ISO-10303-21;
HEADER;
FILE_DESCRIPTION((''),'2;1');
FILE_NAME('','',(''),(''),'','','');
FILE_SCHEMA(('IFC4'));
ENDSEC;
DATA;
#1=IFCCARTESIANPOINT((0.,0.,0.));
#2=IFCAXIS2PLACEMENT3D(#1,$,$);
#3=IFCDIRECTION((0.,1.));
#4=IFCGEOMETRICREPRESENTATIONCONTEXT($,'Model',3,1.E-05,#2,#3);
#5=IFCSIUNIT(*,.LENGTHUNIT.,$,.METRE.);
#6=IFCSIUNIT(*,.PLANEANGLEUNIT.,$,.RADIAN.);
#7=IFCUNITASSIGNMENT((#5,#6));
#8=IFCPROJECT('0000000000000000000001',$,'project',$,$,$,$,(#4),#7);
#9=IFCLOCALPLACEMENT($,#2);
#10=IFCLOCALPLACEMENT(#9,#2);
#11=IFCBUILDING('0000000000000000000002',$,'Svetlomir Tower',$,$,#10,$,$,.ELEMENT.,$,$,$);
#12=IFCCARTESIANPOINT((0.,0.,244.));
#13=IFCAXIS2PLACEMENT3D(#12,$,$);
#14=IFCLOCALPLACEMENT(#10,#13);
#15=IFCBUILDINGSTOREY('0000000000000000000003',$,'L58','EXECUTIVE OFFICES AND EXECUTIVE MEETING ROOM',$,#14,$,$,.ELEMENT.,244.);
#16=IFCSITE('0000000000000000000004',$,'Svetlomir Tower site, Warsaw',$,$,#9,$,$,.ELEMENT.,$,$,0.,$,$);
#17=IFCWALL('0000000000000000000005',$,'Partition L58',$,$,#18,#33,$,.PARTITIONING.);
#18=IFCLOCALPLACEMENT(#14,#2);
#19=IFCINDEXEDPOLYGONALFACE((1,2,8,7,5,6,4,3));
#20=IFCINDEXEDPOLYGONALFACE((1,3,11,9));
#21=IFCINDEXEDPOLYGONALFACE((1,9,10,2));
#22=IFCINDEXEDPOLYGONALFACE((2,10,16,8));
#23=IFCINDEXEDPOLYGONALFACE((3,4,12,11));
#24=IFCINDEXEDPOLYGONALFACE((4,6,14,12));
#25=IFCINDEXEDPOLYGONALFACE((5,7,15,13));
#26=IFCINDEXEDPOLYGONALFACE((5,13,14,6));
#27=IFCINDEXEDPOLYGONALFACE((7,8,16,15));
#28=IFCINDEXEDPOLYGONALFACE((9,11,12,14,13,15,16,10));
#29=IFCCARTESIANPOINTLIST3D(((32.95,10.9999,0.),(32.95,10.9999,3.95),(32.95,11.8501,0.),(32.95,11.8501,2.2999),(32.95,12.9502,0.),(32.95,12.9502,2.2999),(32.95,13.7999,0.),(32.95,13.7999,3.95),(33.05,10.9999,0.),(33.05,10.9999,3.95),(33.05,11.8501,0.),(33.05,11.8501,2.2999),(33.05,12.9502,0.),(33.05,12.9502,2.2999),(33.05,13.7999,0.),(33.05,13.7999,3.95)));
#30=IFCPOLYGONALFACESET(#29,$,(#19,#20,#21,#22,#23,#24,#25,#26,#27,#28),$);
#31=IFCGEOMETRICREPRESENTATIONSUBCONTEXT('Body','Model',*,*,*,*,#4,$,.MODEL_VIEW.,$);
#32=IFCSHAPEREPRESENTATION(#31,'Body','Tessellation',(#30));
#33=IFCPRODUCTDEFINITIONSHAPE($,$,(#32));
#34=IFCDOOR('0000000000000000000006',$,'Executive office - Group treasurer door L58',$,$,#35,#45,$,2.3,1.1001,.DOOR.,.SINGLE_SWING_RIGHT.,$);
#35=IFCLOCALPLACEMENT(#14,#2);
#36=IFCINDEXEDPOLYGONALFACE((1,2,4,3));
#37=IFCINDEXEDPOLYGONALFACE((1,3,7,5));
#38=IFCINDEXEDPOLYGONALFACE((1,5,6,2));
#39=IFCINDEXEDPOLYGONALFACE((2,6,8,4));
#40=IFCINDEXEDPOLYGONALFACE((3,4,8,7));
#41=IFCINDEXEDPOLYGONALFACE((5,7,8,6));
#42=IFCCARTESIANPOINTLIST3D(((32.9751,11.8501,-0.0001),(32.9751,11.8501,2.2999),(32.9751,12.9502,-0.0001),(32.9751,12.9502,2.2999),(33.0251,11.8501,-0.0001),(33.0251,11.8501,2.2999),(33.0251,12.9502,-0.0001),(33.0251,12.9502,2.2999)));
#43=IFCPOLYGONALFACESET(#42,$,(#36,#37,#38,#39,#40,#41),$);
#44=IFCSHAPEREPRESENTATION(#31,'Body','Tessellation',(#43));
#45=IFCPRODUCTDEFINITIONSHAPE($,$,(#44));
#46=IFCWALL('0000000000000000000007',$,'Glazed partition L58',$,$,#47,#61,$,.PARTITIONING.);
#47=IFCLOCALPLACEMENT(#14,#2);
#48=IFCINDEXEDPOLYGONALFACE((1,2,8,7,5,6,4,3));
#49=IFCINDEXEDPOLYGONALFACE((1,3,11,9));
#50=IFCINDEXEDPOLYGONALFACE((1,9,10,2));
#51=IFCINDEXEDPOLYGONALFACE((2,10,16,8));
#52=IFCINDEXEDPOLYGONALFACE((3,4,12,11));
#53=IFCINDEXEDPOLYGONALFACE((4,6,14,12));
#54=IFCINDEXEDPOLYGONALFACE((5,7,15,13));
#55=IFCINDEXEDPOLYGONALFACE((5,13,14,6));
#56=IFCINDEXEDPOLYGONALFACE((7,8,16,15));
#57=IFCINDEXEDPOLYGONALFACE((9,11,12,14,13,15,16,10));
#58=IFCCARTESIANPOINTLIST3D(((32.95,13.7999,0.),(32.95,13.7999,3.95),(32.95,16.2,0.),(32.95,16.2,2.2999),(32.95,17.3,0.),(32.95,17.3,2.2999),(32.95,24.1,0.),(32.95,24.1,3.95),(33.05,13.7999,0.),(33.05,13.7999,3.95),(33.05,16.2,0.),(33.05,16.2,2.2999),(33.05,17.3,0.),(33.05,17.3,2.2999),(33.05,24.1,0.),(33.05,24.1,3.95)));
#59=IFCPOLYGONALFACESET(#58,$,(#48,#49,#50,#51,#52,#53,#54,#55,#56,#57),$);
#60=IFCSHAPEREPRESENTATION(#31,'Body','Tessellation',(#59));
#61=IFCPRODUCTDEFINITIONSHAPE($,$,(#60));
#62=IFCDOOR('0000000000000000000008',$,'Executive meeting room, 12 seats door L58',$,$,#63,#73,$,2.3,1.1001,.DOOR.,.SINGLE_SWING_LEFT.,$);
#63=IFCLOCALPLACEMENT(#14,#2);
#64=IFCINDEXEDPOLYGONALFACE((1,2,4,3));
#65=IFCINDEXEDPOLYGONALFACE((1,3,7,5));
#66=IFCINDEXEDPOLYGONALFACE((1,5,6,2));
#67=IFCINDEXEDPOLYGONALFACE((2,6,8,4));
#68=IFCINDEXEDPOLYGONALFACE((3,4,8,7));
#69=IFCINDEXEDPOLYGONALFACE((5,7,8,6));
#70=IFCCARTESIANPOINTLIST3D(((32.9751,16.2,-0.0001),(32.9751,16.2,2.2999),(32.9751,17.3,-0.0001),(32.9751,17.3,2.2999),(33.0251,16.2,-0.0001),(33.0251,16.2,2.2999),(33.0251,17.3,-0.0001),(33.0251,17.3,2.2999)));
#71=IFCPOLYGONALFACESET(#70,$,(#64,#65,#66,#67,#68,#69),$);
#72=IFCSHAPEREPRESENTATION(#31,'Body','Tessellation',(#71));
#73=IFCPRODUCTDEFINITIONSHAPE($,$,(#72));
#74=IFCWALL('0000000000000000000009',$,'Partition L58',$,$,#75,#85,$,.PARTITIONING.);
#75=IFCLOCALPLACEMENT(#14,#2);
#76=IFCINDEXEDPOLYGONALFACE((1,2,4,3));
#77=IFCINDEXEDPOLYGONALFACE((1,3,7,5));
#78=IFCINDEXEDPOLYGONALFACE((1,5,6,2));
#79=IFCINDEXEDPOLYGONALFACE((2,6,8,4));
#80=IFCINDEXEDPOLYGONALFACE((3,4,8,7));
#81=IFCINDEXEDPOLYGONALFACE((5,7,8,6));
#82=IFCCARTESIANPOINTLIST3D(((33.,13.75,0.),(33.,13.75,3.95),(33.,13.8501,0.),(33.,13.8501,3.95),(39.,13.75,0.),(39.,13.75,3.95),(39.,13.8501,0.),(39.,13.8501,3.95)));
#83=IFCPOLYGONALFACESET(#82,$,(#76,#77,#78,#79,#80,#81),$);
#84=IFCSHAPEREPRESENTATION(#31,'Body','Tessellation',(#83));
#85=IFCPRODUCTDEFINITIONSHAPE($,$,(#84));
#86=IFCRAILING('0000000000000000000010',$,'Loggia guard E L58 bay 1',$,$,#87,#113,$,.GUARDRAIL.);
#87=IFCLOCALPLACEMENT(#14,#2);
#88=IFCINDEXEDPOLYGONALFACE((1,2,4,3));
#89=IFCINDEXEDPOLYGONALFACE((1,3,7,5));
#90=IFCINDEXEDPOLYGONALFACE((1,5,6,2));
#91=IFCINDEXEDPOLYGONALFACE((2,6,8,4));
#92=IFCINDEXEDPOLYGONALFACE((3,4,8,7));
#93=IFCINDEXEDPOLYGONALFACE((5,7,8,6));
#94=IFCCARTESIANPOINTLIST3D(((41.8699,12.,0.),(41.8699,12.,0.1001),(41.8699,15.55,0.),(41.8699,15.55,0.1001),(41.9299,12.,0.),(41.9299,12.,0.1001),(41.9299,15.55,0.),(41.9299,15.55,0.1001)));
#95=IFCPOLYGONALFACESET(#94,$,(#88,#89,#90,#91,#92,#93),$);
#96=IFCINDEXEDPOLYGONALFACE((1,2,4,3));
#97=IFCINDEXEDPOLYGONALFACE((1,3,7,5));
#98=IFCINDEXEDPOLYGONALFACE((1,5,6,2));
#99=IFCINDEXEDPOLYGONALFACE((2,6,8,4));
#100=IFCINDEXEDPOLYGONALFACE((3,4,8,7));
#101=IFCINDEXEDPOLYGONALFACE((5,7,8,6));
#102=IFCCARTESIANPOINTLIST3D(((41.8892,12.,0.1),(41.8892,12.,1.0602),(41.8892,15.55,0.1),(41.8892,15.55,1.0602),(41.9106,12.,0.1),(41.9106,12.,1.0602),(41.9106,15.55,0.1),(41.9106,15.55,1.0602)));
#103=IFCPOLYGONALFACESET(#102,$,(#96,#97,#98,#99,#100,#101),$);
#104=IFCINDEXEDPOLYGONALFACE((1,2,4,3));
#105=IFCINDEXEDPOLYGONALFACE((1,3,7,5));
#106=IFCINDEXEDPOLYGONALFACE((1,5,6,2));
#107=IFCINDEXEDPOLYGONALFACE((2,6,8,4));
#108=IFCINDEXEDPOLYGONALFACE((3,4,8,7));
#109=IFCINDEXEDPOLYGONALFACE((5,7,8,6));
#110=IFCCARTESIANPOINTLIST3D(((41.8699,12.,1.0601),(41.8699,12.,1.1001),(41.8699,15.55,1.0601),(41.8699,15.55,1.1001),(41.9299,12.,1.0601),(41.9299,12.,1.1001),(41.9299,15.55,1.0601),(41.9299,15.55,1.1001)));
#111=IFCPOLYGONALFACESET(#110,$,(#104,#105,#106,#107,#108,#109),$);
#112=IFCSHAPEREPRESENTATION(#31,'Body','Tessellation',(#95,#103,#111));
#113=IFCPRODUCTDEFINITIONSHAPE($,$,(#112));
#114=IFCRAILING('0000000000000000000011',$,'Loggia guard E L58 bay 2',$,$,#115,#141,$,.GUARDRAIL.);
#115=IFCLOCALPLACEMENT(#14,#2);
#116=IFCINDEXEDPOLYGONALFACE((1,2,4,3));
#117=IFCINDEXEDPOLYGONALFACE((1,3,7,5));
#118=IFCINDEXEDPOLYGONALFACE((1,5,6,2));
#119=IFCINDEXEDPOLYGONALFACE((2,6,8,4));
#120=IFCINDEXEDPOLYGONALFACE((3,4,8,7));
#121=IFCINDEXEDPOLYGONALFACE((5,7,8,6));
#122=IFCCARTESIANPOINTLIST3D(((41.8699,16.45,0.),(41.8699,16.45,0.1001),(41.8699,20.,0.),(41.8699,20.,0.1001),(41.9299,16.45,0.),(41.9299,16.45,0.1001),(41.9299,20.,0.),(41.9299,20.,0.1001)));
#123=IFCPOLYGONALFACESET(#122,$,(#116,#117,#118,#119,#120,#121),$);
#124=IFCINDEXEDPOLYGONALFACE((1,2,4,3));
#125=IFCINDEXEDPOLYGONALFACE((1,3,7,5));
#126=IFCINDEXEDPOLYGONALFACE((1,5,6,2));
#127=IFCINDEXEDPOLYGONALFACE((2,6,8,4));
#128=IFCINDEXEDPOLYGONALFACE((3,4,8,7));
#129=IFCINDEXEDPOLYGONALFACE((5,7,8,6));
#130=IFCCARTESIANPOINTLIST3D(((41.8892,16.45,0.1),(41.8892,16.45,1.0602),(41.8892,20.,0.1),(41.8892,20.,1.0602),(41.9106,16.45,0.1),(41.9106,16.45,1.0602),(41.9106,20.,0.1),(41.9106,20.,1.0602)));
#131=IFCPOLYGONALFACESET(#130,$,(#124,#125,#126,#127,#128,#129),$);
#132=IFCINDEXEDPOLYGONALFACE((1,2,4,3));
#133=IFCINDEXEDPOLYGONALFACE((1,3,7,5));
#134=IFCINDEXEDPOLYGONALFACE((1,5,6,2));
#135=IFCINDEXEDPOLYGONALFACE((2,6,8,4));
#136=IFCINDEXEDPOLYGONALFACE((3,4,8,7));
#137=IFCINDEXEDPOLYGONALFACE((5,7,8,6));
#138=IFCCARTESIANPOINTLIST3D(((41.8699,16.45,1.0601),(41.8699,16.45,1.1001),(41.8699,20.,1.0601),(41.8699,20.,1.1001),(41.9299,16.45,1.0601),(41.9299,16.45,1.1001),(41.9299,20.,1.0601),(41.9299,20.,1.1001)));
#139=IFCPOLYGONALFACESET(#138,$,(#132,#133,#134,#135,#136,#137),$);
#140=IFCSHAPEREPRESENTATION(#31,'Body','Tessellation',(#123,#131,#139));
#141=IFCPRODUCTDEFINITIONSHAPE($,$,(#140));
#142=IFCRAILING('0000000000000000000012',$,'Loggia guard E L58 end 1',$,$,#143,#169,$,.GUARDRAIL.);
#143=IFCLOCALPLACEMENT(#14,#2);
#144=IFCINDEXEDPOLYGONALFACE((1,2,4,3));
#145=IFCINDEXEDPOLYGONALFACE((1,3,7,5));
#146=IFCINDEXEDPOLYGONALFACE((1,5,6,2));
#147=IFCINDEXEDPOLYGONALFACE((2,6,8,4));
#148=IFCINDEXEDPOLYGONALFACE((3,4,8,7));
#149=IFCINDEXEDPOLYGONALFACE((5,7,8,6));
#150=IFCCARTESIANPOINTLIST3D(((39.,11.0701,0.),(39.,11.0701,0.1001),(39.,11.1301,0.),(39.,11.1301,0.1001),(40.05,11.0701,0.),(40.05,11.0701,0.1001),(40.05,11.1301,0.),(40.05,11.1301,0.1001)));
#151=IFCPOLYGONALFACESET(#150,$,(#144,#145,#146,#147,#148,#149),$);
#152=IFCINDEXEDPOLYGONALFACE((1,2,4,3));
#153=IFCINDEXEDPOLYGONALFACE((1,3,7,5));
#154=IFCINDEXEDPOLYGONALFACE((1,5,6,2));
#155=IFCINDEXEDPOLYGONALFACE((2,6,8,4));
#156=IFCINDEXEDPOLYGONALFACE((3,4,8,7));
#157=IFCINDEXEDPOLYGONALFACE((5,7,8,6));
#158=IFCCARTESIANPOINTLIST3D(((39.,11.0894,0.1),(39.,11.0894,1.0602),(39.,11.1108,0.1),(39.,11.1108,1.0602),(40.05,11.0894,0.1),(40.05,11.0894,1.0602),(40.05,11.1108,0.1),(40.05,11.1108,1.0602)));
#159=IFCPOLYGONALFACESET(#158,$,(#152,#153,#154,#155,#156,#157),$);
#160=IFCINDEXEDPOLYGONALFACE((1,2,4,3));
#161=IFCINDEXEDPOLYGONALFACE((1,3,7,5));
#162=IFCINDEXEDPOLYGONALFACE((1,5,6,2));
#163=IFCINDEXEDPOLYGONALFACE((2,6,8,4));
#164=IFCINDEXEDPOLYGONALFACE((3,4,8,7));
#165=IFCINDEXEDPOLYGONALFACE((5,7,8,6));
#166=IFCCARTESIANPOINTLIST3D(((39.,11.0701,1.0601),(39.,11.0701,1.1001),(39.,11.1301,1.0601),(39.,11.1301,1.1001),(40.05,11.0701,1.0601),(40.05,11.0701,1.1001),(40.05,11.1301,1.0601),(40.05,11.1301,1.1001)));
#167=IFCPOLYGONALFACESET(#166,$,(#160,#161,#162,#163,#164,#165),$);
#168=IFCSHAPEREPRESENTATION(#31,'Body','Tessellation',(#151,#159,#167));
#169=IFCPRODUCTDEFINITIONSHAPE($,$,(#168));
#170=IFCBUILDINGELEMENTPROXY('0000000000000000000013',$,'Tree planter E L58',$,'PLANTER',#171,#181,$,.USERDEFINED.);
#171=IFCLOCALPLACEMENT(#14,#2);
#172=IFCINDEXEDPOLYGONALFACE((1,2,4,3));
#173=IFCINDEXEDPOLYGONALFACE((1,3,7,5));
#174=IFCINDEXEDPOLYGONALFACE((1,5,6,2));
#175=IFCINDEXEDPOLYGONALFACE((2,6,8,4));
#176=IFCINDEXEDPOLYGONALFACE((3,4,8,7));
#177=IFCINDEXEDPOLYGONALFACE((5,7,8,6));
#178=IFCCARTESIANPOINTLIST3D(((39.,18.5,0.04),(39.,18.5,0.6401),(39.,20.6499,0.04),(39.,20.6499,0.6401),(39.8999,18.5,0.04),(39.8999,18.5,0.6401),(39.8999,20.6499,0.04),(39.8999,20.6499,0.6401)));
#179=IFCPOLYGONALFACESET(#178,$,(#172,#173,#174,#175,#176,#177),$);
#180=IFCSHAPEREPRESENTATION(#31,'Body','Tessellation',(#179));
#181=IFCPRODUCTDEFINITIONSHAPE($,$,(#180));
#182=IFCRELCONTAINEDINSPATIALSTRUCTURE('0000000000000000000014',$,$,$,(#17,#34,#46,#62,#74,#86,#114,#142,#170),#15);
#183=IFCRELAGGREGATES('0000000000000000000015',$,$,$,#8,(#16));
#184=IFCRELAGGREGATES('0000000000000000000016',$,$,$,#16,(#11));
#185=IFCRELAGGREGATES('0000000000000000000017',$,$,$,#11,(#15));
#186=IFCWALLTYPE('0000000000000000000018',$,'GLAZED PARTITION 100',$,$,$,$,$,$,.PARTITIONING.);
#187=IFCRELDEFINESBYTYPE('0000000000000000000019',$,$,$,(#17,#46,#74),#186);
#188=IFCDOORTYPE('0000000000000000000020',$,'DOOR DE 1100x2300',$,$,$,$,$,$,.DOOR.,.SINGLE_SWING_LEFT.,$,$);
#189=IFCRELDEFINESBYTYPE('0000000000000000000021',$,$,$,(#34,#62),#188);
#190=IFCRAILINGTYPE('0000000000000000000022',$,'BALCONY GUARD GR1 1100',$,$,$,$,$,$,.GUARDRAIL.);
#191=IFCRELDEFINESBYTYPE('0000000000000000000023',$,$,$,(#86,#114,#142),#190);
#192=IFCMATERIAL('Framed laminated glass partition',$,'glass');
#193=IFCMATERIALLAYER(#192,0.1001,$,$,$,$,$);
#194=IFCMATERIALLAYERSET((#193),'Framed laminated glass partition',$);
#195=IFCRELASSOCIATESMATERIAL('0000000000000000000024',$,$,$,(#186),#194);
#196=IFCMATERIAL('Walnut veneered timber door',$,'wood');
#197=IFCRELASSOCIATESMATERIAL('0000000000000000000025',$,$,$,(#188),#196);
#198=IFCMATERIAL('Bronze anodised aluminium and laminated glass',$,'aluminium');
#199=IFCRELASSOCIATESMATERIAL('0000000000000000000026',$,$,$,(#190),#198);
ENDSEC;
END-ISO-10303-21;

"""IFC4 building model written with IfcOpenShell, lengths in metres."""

from ifc_helpers import new_model, si_unit, direction, frame, frame_2d, origin, origin_2d, place, context, subcontext, project, spatial, rectangle, extrude, material, layer, layer_set, type_object, element, fill, save


model = new_model("IFC4")

# Units and contexts
model_context = context("Model", 3, precision=1e-05, world=origin(), true_north=direction((0.0, 1.0)))
body_context = subcontext(model_context, "Body", "Model", "MODEL_VIEW")
ifc_project = project(units=[si_unit("LENGTHUNIT", "METRE"), si_unit("PLANEANGLEUNIT", "RADIAN")], contexts=[model_context])

# Site, building, storey
site_placement = place(None, origin())
site = spatial("IfcSite", under=ifc_project, at=site_placement, Name="Svetlomir Tower site, Warsaw", CompositionType="ELEMENT", RefElevation=0.0)
building_placement = place(site_placement, origin())
building = spatial("IfcBuilding", under=site, at=building_placement, Name="Svetlomir Tower", CompositionType="ELEMENT")
storey_placement = place(building_placement, frame((0.0, 0.0, 244.0)))
storey = spatial("IfcBuildingStorey", under=building, at=storey_placement, Name="L58", Description="EXECUTIVE OFFICES AND EXECUTIVE MEETING ROOM", CompositionType="ELEMENT", Elevation=244.0)

# Walls, openings, doors
ifc_material_1 = material(Name="Framed laminated glass partition", Category="glass")
ifc_layer_1 = layer(ifc_material_1, 0.1001)
ifc_layer_set_1 = layer_set([ifc_layer_1], Name="Framed laminated glass partition")
wall_type_1 = type_object("IfcWallType", Name="GLAZED PARTITION 100", PredefinedType="PARTITIONING", material=ifc_layer_set_1)
wall_1_placement = place(storey_placement, frame((33.0, 11.0, 0.0), z_axis=(0.0, 0.0, 1.0), x_axis=(0.0, 1.0, 0.0)))
wall_1 = element("IfcWall", 1, at=wall_1_placement, inside=storey, type_object=wall_type_1, Name="Partition L58", PredefinedType="PARTITIONING", context=body_context, shape_type="SweptSolid", body=[
    extrude(rectangle(XDim=2.8, YDim=0.1001, at=frame_2d((1.3999, 0.0))), origin(), (0.0, 0.0, 1.0), 3.95),
])
opening_1_placement = place(wall_1_placement, frame((0.8501, 0.0, 0.0)))
opening_1 = element("IfcOpeningElement", 2, at=opening_1_placement, cuts=wall_1, PredefinedType="OPENING", context=body_context, shape_type="SweptSolid", body=[
    extrude(rectangle(XDim=1.1001, YDim=2.3, at=frame_2d((0.55, 1.1499))), frame((0.0, 0.0601, 0.0), z_axis=(0.0, -1.0, 0.0), x_axis=(1.0, 0.0, 0.0)), (0.0, 0.0, 1.0), 0.1201),
])
ifc_material_2 = material(Name="Walnut veneered timber door", Category="wood")
door_type_1 = type_object("IfcDoorType", Name="DOOR DE 1100x2300", OperationType="SINGLE_SWING_LEFT", PredefinedType="DOOR", material=ifc_material_2)
door_1_placement = place(opening_1_placement, origin())
door_1 = element("IfcDoor", 3, at=door_1_placement, inside=storey, type_object=door_type_1, Name="Executive office - Group treasurer door L58", OperationType="SINGLE_SWING_RIGHT", OverallHeight=2.3, OverallWidth=1.1001, PredefinedType="DOOR", context=body_context, shape_type="SweptSolid", body=[
    extrude(rectangle(XDim=1.1001, YDim=2.3, at=frame_2d((0.55, 1.1499))), frame((0.0, 0.0249, 0.0), z_axis=(0.0, -1.0, 0.0), x_axis=(1.0, 0.0, 0.0)), (0.0, 0.0, 1.0), 0.05),
])
fill(opening_1, door_1)
wall_2_placement = place(storey_placement, frame((33.0, 13.8, 0.0), z_axis=(0.0, 0.0, 1.0), x_axis=(0.0, 1.0, 0.0)))
wall_2 = element("IfcWall", 4, at=wall_2_placement, inside=storey, type_object=wall_type_1, Name="Glazed partition L58", PredefinedType="PARTITIONING", context=body_context, shape_type="SweptSolid", body=[
    extrude(rectangle(XDim=10.3, YDim=0.1001, at=frame_2d((5.1499, 0.0))), origin(), (0.0, 0.0, 1.0), 3.95),
])
opening_2_placement = place(wall_2_placement, frame((2.3999, 0.0, 0.0)))
opening_2 = element("IfcOpeningElement", 5, at=opening_2_placement, cuts=wall_2, PredefinedType="OPENING", context=body_context, shape_type="SweptSolid", body=[
    extrude(rectangle(XDim=1.1001, YDim=2.3, at=frame_2d((0.55, 1.1499))), frame((0.0, 0.0601, 0.0), z_axis=(0.0, -1.0, 0.0), x_axis=(1.0, 0.0, 0.0)), (0.0, 0.0, 1.0), 0.1201),
])
door_2_placement = place(opening_2_placement, origin())
door_2 = element("IfcDoor", 6, at=door_2_placement, inside=storey, type_object=door_type_1, Name="Executive meeting room, 12 seats door L58", OperationType="SINGLE_SWING_LEFT", OverallHeight=2.3, OverallWidth=1.1001, PredefinedType="DOOR", context=body_context, shape_type="SweptSolid", body=[
    extrude(rectangle(XDim=1.1001, YDim=2.3, at=frame_2d((0.55, 1.1499))), frame((0.0, 0.0249, 0.0), z_axis=(0.0, -1.0, 0.0), x_axis=(1.0, 0.0, 0.0)), (0.0, 0.0, 1.0), 0.05),
])
fill(opening_2, door_2)

# Wall
wall_3_placement = place(storey_placement, frame((33.0, 13.8, 0.0), z_axis=(0.0, 0.0, 1.0), x_axis=(1.0, 0.0, 0.0)))
element("IfcWall", 7, at=wall_3_placement, inside=storey, type_object=wall_type_1, Name="Partition L58", PredefinedType="PARTITIONING", context=body_context, shape_type="SweptSolid", body=[
    extrude(rectangle(XDim=6.0, YDim=0.1001, at=frame_2d((3.0, 0.0))), origin(), (0.0, 0.0, 1.0), 3.95),
])

# Railings
ifc_material_3 = material(Name="Bronze anodised aluminium and laminated glass", Category="aluminium")
railing_type = type_object("IfcRailingType", Name="BALCONY GUARD GR1 1100", PredefinedType="GUARDRAIL", material=ifc_material_3)
for number, where, name in (
    (8, (41.8999, 12.0, 0.0), "Loggia guard E L58 bay 1"),
    (9, (41.8999, 16.45, 0.0), "Loggia guard E L58 bay 2"),
):
    element("IfcRailing", number, at=place(storey_placement, frame(where)), inside=storey, type_object=railing_type, Name=name, PredefinedType="GUARDRAIL", context=body_context, shape_type="SweptSolid", body=[
        extrude(rectangle(XDim=0.0601, YDim=0.1001, at=origin_2d()), frame((0.0, 0.0, 0.05), z_axis=(0.0, 1.0, 0.0), x_axis=(-1.0, 0.0, 0.0)), (0.0, 0.0, 1.0), 3.55),
        extrude(rectangle(XDim=0.0215, YDim=0.9602, at=origin_2d()), frame((0.0, 0.0, 0.5801), z_axis=(0.0, 1.0, 0.0), x_axis=(-1.0, 0.0, 0.0)), (0.0, 0.0, 1.0), 3.55),
        extrude(rectangle(XDim=0.0601, YDim=0.04, at=origin_2d()), frame((0.0, 0.0, 1.0801), z_axis=(0.0, 1.0, 0.0), x_axis=(-1.0, 0.0, 0.0)), (0.0, 0.0, 1.0), 3.55),
    ])
railing_placement = place(storey_placement, frame((40.05, 11.1001, 0.0)))
element("IfcRailing", 10, at=railing_placement, inside=storey, type_object=railing_type, Name="Loggia guard E L58 end 1", PredefinedType="GUARDRAIL", context=body_context, shape_type="SweptSolid", body=[
    extrude(rectangle(XDim=0.0601, YDim=0.1001, at=origin_2d()), frame((0.0, 0.0, 0.05), z_axis=(-1.0, 0.0, 0.0), x_axis=(0.0, -1.0, 0.0)), (0.0, 0.0, 1.0), 1.05),
    extrude(rectangle(XDim=0.0215, YDim=0.9602, at=origin_2d()), frame((0.0, 0.0, 0.5801), z_axis=(-1.0, 0.0, 0.0), x_axis=(0.0, -1.0, 0.0)), (0.0, 0.0, 1.0), 1.05),
    extrude(rectangle(XDim=0.0601, YDim=0.04, at=origin_2d()), frame((0.0, 0.0, 1.0801), z_axis=(-1.0, 0.0, 0.0), x_axis=(0.0, -1.0, 0.0)), (0.0, 0.0, 1.0), 1.05),
])

# Building element proxy
proxy_placement = place(storey_placement, frame((39.45, 19.575, 0.04), z_axis=(0.0, 0.0, 1.0), x_axis=(1.0, 0.0, 0.0)))
element("IfcBuildingElementProxy", 11, at=proxy_placement, inside=storey, Name="Tree planter E L58", ObjectType="PLANTER", PredefinedType="USERDEFINED", context=body_context, shape_type="SweptSolid", body=[
    extrude(rectangle(XDim=0.8999, YDim=2.1499, at=origin_2d()), origin(), (0.0, 0.0, 1.0), 0.6001),
])

save(model, "model.ifc")
